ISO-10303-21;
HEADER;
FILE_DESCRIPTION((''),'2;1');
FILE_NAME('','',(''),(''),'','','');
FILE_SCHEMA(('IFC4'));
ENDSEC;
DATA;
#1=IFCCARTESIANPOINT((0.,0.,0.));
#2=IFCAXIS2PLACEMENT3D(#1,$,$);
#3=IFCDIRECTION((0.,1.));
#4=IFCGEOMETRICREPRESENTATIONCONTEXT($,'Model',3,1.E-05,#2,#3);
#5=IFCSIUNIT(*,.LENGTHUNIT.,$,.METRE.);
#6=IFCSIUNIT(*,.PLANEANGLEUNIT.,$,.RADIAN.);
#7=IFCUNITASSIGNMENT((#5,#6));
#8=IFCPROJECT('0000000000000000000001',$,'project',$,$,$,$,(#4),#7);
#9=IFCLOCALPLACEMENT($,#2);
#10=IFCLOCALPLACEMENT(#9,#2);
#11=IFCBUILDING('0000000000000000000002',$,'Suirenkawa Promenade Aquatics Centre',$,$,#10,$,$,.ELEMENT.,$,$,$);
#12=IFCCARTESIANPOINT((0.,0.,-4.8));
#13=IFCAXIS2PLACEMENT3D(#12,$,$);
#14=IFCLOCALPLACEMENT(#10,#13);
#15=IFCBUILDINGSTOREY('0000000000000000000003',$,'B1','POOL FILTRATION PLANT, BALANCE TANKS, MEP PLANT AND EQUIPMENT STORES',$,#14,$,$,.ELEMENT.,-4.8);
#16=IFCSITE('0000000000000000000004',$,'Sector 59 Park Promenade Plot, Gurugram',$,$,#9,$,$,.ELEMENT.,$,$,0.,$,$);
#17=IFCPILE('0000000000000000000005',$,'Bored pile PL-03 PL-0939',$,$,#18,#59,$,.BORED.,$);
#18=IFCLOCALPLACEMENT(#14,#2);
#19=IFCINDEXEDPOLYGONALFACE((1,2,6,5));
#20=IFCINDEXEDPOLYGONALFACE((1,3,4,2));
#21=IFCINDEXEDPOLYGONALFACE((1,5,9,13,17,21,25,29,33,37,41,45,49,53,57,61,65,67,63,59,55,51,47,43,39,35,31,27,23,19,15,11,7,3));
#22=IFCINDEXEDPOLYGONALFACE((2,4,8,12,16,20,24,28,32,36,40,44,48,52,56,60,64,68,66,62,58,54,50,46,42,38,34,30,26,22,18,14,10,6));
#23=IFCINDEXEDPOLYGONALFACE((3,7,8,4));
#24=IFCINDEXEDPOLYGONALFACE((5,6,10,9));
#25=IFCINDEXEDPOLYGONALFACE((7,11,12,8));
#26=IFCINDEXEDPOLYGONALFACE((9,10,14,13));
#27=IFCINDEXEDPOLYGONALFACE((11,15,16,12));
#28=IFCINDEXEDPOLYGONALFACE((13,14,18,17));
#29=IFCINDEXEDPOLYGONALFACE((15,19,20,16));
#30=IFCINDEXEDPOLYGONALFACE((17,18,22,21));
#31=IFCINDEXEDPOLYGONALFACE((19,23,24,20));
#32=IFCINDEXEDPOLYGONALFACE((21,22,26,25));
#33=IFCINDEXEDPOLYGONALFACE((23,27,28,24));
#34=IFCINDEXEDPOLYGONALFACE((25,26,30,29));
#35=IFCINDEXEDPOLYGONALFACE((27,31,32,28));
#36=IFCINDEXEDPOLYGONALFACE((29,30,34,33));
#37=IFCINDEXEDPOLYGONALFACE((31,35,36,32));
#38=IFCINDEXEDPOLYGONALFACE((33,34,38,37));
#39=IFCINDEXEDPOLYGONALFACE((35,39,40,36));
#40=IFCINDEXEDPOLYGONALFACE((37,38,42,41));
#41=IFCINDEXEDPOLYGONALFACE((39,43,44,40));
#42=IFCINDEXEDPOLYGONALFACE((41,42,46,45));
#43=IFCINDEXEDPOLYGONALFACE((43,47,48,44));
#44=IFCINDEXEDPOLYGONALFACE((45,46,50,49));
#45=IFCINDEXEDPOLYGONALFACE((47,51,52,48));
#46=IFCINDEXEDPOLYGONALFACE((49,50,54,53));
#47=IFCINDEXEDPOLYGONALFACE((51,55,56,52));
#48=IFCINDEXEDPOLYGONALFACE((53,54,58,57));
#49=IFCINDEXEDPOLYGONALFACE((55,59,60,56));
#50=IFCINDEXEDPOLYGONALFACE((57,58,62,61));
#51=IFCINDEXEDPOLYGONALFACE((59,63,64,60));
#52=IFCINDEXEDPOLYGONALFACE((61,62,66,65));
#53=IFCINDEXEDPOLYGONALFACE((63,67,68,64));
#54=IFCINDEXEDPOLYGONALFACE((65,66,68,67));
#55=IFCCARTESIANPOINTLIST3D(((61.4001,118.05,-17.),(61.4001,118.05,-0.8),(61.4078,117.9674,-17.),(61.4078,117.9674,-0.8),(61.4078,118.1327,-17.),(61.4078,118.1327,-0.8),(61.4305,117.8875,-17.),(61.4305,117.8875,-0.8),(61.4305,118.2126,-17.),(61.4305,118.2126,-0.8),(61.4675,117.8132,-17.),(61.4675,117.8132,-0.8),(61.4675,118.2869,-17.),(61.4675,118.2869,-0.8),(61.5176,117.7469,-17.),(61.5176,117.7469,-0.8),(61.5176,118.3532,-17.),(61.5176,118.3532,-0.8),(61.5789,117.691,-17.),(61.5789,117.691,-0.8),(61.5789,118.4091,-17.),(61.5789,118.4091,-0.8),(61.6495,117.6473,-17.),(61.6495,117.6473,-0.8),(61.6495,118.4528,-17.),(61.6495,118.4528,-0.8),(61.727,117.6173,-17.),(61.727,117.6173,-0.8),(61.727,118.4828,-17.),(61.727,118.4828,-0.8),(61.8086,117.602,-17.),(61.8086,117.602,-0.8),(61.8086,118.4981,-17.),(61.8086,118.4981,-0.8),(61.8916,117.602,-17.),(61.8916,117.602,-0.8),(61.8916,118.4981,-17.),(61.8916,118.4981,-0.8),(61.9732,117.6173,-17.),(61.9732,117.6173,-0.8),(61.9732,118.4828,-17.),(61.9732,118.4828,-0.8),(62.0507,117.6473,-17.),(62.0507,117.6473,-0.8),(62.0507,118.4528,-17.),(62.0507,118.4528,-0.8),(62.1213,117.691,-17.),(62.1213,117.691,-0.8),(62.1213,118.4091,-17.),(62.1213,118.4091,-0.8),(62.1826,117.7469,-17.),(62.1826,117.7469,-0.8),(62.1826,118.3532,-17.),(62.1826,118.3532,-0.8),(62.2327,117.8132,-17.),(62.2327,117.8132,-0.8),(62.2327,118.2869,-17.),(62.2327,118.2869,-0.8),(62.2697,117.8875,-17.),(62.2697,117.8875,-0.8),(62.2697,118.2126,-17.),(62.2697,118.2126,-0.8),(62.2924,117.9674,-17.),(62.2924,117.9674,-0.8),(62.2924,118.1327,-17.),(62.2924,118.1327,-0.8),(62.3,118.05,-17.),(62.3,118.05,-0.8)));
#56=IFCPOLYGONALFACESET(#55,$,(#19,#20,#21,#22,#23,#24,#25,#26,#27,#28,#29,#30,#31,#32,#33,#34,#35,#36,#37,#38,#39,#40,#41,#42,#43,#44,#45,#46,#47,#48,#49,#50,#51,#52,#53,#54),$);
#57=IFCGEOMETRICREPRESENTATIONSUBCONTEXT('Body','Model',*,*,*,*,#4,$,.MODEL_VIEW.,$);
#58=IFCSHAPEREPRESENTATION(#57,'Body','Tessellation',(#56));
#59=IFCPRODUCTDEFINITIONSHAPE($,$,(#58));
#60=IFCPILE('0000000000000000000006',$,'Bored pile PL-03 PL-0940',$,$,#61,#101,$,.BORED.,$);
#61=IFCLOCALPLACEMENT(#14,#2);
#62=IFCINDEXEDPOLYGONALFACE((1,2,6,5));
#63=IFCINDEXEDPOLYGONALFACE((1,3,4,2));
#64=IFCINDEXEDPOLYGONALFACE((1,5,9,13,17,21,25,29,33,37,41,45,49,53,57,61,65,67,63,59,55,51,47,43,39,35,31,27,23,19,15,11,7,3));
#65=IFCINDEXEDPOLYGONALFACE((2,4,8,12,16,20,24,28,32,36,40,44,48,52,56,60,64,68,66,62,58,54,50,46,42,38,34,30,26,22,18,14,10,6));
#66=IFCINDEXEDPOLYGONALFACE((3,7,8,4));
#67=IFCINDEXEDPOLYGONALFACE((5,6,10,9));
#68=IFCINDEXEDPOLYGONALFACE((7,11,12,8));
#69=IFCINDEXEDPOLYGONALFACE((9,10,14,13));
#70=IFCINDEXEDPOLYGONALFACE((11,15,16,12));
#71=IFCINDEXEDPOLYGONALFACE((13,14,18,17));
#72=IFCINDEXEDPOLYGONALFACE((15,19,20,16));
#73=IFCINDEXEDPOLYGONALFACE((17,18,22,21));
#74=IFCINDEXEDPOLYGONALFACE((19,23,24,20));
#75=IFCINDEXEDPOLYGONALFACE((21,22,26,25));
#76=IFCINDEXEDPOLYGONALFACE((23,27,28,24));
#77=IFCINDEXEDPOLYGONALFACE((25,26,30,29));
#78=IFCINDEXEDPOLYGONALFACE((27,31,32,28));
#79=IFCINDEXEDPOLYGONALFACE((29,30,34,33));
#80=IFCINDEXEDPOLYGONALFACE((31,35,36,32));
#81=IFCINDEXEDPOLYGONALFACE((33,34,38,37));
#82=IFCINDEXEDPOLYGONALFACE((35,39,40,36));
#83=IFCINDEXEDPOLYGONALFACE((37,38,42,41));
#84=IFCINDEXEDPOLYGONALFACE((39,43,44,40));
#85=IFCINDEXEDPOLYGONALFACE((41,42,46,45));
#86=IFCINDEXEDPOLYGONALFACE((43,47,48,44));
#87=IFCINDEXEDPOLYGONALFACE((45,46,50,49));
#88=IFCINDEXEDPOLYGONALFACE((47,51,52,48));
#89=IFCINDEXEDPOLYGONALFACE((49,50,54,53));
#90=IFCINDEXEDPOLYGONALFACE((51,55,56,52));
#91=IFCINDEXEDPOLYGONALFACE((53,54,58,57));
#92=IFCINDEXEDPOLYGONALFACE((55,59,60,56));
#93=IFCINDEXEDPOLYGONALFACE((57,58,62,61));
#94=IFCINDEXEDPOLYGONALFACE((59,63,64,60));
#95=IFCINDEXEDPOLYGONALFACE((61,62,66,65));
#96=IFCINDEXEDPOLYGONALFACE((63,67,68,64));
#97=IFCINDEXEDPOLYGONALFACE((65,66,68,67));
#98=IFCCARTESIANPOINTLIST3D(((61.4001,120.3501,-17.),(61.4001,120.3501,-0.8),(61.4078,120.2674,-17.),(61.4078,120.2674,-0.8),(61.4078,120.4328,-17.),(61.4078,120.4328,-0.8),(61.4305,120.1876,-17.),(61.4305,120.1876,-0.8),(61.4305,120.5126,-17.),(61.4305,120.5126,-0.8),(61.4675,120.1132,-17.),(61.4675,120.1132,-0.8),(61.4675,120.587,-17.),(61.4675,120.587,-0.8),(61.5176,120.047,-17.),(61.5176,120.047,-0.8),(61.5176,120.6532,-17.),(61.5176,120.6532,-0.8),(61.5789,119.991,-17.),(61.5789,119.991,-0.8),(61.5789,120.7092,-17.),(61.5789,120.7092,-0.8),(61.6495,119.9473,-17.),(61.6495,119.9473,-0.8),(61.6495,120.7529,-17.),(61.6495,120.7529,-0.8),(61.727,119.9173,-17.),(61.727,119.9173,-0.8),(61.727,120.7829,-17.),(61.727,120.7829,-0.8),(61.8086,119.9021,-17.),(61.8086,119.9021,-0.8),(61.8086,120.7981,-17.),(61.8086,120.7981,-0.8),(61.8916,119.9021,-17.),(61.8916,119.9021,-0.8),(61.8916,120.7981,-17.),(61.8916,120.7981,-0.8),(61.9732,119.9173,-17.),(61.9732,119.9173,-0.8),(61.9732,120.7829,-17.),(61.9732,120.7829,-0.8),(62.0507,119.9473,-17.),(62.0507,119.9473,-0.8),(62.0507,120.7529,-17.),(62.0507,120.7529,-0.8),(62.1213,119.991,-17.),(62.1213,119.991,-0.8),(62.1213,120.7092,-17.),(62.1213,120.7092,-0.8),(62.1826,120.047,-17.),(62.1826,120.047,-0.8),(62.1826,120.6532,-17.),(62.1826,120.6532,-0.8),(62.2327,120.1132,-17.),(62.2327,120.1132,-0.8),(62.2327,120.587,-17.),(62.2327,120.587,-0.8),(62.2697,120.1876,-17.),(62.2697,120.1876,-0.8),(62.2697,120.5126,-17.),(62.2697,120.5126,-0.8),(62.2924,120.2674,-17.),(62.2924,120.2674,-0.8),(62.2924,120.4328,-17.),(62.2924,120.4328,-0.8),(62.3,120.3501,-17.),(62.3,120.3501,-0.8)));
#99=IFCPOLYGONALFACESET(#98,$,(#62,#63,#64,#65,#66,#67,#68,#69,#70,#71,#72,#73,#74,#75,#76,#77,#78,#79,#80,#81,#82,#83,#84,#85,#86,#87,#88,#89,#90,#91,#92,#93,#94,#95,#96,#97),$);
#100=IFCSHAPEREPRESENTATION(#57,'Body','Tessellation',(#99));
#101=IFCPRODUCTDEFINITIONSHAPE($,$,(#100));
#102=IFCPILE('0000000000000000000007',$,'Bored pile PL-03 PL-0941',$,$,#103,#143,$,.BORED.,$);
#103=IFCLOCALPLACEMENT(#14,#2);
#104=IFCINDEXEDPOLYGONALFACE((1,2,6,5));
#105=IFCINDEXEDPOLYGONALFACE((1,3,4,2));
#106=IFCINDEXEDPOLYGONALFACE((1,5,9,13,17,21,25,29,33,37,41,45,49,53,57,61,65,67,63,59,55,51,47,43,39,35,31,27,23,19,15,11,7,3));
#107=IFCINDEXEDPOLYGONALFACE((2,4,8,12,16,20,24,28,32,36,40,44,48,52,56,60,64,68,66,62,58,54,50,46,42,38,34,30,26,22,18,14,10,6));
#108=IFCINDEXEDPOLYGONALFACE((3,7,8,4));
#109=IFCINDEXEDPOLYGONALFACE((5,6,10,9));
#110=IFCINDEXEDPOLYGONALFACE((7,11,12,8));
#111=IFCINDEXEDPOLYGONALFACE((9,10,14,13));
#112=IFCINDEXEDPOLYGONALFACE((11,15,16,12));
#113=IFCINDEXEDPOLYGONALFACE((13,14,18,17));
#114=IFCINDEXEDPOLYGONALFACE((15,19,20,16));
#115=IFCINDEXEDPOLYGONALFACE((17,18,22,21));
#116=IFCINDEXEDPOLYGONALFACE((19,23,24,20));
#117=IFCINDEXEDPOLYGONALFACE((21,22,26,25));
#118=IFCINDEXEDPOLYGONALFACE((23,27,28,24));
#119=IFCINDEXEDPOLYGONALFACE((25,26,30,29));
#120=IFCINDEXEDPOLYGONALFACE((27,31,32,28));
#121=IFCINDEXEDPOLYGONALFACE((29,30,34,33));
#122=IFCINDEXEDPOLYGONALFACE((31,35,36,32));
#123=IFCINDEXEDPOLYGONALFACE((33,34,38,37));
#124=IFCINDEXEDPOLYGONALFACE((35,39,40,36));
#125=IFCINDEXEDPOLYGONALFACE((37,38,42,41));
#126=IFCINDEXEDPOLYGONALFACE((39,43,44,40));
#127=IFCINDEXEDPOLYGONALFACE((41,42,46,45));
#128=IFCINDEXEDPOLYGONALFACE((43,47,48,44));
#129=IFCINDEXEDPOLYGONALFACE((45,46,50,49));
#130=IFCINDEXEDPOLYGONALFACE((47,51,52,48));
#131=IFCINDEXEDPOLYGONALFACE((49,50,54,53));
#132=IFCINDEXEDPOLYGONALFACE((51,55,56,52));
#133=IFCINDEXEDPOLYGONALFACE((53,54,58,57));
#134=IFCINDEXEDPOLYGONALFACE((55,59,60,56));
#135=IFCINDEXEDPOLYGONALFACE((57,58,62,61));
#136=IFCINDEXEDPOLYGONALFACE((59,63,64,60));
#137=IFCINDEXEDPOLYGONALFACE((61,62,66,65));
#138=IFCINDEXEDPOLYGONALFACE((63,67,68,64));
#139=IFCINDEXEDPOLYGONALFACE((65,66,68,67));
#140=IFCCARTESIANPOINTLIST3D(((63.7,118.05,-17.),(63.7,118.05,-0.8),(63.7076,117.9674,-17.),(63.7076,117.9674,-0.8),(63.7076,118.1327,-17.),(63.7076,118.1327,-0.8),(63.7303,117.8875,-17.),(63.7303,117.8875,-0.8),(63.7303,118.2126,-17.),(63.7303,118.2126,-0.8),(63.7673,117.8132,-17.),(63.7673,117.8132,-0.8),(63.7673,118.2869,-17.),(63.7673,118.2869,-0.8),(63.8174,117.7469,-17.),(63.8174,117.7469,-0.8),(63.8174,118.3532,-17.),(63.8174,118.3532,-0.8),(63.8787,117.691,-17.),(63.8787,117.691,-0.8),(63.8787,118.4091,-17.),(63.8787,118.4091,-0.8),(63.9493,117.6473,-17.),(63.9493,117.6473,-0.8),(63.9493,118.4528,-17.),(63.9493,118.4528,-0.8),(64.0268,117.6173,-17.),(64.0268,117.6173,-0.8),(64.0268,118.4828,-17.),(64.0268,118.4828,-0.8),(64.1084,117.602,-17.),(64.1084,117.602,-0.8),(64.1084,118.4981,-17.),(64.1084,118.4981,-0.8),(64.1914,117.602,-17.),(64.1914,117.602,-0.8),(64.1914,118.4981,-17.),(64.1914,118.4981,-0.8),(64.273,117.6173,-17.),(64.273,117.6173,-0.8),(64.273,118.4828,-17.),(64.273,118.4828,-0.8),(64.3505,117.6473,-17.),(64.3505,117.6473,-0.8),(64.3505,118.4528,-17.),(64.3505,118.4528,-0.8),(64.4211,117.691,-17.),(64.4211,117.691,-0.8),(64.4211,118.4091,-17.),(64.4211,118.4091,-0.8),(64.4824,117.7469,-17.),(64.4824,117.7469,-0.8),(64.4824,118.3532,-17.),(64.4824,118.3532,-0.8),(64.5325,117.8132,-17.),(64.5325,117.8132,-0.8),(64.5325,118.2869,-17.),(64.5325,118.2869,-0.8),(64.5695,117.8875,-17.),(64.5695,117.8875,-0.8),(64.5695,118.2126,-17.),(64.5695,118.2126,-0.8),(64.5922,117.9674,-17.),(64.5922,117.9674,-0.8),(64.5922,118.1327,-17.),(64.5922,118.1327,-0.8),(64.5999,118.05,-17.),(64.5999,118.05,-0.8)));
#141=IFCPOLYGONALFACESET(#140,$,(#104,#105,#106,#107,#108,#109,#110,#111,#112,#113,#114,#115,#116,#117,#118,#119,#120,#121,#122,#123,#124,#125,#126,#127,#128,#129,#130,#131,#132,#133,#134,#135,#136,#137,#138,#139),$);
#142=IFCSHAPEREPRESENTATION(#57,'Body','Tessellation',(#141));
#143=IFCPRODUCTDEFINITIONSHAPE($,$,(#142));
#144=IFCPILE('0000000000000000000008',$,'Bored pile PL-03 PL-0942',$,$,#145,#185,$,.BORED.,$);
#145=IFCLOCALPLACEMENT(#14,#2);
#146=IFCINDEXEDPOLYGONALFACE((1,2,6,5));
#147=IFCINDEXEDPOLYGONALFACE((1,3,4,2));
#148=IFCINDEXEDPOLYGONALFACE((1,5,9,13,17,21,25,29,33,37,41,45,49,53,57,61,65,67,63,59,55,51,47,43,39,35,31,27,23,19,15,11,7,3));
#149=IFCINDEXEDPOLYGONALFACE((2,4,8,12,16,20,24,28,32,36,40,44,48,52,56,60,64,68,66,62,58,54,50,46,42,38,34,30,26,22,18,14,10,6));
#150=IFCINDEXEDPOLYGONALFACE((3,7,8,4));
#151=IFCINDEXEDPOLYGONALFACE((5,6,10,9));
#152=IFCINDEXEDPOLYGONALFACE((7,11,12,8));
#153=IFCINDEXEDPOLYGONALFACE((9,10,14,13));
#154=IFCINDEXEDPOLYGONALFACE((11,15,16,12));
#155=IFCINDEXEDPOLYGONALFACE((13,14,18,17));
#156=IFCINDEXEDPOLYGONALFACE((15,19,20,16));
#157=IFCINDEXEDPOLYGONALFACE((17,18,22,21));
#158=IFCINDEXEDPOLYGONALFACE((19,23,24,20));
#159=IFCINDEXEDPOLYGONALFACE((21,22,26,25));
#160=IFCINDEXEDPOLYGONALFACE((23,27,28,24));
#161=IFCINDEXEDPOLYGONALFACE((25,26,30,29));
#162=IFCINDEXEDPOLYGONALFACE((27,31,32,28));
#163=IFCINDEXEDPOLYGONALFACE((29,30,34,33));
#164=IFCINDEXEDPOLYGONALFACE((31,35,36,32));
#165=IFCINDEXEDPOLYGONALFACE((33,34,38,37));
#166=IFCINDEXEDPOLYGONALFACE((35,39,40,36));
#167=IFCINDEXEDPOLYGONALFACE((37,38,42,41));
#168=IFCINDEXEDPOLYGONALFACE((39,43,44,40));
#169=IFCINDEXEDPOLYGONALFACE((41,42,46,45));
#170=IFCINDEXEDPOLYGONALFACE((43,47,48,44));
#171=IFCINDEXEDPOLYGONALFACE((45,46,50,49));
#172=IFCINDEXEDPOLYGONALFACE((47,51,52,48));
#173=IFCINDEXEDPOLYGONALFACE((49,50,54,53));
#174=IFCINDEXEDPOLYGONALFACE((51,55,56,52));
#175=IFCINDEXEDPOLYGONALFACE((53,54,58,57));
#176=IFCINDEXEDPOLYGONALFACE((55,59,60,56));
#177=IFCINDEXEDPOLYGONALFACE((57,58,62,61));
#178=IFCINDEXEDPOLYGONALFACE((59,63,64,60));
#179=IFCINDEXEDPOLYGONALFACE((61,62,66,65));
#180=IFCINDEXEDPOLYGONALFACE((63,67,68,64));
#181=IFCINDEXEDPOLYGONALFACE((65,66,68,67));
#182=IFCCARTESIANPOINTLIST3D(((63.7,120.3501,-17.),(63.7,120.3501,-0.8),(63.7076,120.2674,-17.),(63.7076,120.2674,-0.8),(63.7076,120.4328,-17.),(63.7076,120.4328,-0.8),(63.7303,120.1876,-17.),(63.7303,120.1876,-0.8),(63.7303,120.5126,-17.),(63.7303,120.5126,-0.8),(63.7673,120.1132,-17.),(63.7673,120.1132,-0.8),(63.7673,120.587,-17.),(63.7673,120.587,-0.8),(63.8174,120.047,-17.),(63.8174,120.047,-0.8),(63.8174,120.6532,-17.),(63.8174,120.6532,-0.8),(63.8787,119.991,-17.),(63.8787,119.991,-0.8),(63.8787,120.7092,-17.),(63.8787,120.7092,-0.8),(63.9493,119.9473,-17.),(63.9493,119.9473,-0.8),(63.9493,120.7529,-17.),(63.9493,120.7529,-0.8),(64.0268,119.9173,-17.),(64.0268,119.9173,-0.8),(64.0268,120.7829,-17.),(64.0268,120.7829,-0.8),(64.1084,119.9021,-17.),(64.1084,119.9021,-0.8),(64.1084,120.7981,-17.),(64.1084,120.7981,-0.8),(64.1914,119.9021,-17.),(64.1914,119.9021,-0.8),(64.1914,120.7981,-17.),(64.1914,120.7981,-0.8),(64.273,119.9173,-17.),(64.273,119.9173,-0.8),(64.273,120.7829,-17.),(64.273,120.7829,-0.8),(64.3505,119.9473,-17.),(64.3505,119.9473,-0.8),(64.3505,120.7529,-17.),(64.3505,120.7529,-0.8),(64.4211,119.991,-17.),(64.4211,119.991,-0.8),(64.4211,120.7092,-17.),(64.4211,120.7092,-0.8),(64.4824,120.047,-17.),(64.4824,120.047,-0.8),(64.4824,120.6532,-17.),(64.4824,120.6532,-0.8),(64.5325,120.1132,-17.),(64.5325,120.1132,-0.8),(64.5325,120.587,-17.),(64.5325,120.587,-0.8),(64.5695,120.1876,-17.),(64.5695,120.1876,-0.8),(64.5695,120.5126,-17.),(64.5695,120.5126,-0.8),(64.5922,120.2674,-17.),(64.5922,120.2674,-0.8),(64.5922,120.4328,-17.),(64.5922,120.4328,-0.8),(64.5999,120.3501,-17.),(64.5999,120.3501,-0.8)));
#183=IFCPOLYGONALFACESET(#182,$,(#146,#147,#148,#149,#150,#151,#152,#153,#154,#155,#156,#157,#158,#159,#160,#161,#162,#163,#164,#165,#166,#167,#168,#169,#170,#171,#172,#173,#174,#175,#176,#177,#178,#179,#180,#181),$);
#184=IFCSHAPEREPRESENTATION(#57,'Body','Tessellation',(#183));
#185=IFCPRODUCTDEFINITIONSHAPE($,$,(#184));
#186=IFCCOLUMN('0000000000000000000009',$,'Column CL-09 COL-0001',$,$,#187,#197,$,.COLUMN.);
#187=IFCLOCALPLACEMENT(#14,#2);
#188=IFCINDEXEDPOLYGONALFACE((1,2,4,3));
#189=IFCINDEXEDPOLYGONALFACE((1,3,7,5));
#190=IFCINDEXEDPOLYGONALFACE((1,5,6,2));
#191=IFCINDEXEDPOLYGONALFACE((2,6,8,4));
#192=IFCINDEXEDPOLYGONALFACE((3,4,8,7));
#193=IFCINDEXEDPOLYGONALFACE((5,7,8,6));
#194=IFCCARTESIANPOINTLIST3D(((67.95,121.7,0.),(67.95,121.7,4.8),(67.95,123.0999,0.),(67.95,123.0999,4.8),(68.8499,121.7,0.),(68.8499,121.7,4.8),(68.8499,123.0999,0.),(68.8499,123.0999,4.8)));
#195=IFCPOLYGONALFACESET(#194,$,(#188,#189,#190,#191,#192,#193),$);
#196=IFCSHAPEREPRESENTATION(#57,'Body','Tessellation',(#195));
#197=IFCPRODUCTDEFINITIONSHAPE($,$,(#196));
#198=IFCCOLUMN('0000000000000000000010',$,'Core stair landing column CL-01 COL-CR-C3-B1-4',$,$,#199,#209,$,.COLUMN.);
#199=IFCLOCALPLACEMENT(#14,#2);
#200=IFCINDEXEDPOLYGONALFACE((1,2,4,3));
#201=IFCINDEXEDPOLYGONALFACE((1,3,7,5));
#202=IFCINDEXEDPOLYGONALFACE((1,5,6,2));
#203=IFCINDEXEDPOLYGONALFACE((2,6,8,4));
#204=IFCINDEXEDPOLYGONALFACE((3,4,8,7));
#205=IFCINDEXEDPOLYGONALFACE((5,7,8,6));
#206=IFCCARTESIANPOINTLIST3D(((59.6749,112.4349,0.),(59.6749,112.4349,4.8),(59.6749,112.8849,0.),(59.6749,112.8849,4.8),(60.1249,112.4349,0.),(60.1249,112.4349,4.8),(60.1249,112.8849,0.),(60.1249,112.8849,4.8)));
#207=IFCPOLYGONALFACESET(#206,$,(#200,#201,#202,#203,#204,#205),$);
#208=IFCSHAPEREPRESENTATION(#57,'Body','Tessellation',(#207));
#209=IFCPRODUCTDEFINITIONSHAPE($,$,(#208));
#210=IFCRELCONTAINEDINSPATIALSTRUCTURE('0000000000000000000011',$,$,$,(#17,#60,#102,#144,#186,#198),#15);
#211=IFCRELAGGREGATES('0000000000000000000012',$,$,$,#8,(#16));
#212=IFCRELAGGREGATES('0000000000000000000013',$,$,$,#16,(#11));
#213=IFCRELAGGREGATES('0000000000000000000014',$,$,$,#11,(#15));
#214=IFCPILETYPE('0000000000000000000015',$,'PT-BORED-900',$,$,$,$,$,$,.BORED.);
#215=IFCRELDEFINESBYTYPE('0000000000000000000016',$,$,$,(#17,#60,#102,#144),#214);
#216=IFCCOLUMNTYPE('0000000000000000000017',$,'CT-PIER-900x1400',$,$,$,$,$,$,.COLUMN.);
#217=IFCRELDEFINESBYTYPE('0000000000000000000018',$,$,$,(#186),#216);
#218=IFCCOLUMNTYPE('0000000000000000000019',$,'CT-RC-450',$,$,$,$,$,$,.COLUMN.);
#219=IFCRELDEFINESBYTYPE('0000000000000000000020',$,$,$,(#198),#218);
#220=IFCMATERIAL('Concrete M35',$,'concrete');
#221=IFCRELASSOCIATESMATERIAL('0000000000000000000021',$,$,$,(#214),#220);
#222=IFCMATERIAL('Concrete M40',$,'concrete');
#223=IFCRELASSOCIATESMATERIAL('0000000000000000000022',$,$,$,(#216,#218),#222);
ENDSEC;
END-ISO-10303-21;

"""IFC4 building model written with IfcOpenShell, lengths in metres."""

from ifc_helpers import new_model, si_unit, direction, frame, origin, origin_2d, place, context, subcontext, project, spatial, rectangle, circle, extrude, material, material_profile, profile_set, type_object, element, save


model = new_model("IFC4")

# Units and contexts
model_context = context("Model", 3, precision=1e-05, world=origin(), true_north=direction((0.0, 1.0)))
body_context = subcontext(model_context, "Body", "Model", "MODEL_VIEW")
ifc_project = project(units=[si_unit("LENGTHUNIT", "METRE"), si_unit("PLANEANGLEUNIT", "RADIAN")], contexts=[model_context])

# Site, building, storey
site_placement = place(None, origin())
site = spatial("IfcSite", under=ifc_project, at=site_placement, Name="Sector 59 Park Promenade Plot, Gurugram", CompositionType="ELEMENT", RefElevation=0.0)
building_placement = place(site_placement, origin())
building = spatial("IfcBuilding", under=site, at=building_placement, Name="Suirenkawa Promenade Aquatics Centre", CompositionType="ELEMENT")
storey_placement = place(building_placement, frame((0.0, 0.0, -4.8)))
storey = spatial("IfcBuildingStorey", under=building, at=storey_placement, Name="B1", Description="POOL FILTRATION PLANT, BALANCE TANKS, MEP PLANT AND EQUIPMENT STORES", CompositionType="ELEMENT", Elevation=-4.8)

# Shared definitions
ifc_material_1 = material(Name="Concrete M35", Category="concrete")

# Piles
ifc_material_profile_1 = material_profile(ifc_material_1, circle(Radius=0.45, at=origin_2d()), Name="PILE D900", Category="concrete")
ifc_profile_set_1 = profile_set([ifc_material_profile_1], Name="Concrete M35")
pile_type_1 = type_object("IfcPileType", Name="PT-BORED-900", PredefinedType="BORED", material=ifc_profile_set_1)
for number, where, z_axis, x_axis, name in (
    (1, (61.8501, 118.05, -0.8), (0.0, 0.0, -1.0), (1.0, 0.0, 0.0), "Bored pile PL-03 PL-0939"),
    (2, (61.8501, 120.3501, -0.8), (0.0, 0.0, -1.0), (1.0, 0.0, 0.0), "Bored pile PL-03 PL-0940"),
    (3, (64.1499, 118.05, -0.8), (0.0, 0.0, -1.0), (1.0, 0.0, 0.0), "Bored pile PL-03 PL-0941"),
    (4, (64.1499, 120.3501, -0.8), (0.0, 0.0, -1.0), (1.0, 0.0, 0.0), "Bored pile PL-03 PL-0942"),
):
    element("IfcPile", number, at=place(storey_placement, frame(where, z_axis=z_axis, x_axis=x_axis)), inside=storey, type_object=pile_type_1, Name=name, PredefinedType="BORED", context=body_context, shape_type="SweptSolid", body=[
        extrude(circle(Radius=0.45, at=origin_2d()), origin(), (0.0, 0.0, 1.0), 16.2),
    ])

# Columns
ifc_material_2 = material(Name="Concrete M40", Category="concrete")
ifc_material_profile_2 = material_profile(ifc_material_2, rectangle(XDim=0.8999, YDim=1.3999, at=origin_2d()), Name="RC PIER 900x1400", Category="concrete")
ifc_profile_set_2 = profile_set([ifc_material_profile_2], Name="Concrete M40")
column_type_1 = type_object("IfcColumnType", Name="CT-PIER-900x1400", PredefinedType="COLUMN", material=ifc_profile_set_2)
column_1_placement = place(storey_placement, frame((68.3999, 122.3999, 0.0), z_axis=(0.0, 0.0, 1.0), x_axis=(1.0, 0.0, 0.0)))
element("IfcColumn", 5, at=column_1_placement, inside=storey, type_object=column_type_1, Name="Column CL-09 COL-0001", PredefinedType="COLUMN", context=body_context, shape_type="SweptSolid", body=[
    extrude(rectangle(XDim=0.8999, YDim=1.3999, at=origin_2d()), origin(), (0.0, 0.0, 1.0), 4.8),
])
ifc_material_profile_3 = material_profile(ifc_material_2, rectangle(XDim=0.45, YDim=0.45, at=origin_2d()), Name="RC COL 450x450", Category="concrete")
ifc_profile_set_3 = profile_set([ifc_material_profile_3], Name="Concrete M40")
column_type_2 = type_object("IfcColumnType", Name="CT-RC-450", PredefinedType="COLUMN", material=ifc_profile_set_3)
column_2_placement = place(storey_placement, frame((59.8999, 112.6599, 0.0), z_axis=(0.0, 0.0, 1.0), x_axis=(1.0, 0.0, 0.0)))
element("IfcColumn", 6, at=column_2_placement, inside=storey, type_object=column_type_2, Name="Core stair landing column CL-01 COL-CR-C3-B1-4", PredefinedType="COLUMN", context=body_context, shape_type="SweptSolid", body=[
    extrude(rectangle(XDim=0.45, YDim=0.45, at=origin_2d()), origin(), (0.0, 0.0, 1.0), 4.8),
])

save(model, "model.ifc")
